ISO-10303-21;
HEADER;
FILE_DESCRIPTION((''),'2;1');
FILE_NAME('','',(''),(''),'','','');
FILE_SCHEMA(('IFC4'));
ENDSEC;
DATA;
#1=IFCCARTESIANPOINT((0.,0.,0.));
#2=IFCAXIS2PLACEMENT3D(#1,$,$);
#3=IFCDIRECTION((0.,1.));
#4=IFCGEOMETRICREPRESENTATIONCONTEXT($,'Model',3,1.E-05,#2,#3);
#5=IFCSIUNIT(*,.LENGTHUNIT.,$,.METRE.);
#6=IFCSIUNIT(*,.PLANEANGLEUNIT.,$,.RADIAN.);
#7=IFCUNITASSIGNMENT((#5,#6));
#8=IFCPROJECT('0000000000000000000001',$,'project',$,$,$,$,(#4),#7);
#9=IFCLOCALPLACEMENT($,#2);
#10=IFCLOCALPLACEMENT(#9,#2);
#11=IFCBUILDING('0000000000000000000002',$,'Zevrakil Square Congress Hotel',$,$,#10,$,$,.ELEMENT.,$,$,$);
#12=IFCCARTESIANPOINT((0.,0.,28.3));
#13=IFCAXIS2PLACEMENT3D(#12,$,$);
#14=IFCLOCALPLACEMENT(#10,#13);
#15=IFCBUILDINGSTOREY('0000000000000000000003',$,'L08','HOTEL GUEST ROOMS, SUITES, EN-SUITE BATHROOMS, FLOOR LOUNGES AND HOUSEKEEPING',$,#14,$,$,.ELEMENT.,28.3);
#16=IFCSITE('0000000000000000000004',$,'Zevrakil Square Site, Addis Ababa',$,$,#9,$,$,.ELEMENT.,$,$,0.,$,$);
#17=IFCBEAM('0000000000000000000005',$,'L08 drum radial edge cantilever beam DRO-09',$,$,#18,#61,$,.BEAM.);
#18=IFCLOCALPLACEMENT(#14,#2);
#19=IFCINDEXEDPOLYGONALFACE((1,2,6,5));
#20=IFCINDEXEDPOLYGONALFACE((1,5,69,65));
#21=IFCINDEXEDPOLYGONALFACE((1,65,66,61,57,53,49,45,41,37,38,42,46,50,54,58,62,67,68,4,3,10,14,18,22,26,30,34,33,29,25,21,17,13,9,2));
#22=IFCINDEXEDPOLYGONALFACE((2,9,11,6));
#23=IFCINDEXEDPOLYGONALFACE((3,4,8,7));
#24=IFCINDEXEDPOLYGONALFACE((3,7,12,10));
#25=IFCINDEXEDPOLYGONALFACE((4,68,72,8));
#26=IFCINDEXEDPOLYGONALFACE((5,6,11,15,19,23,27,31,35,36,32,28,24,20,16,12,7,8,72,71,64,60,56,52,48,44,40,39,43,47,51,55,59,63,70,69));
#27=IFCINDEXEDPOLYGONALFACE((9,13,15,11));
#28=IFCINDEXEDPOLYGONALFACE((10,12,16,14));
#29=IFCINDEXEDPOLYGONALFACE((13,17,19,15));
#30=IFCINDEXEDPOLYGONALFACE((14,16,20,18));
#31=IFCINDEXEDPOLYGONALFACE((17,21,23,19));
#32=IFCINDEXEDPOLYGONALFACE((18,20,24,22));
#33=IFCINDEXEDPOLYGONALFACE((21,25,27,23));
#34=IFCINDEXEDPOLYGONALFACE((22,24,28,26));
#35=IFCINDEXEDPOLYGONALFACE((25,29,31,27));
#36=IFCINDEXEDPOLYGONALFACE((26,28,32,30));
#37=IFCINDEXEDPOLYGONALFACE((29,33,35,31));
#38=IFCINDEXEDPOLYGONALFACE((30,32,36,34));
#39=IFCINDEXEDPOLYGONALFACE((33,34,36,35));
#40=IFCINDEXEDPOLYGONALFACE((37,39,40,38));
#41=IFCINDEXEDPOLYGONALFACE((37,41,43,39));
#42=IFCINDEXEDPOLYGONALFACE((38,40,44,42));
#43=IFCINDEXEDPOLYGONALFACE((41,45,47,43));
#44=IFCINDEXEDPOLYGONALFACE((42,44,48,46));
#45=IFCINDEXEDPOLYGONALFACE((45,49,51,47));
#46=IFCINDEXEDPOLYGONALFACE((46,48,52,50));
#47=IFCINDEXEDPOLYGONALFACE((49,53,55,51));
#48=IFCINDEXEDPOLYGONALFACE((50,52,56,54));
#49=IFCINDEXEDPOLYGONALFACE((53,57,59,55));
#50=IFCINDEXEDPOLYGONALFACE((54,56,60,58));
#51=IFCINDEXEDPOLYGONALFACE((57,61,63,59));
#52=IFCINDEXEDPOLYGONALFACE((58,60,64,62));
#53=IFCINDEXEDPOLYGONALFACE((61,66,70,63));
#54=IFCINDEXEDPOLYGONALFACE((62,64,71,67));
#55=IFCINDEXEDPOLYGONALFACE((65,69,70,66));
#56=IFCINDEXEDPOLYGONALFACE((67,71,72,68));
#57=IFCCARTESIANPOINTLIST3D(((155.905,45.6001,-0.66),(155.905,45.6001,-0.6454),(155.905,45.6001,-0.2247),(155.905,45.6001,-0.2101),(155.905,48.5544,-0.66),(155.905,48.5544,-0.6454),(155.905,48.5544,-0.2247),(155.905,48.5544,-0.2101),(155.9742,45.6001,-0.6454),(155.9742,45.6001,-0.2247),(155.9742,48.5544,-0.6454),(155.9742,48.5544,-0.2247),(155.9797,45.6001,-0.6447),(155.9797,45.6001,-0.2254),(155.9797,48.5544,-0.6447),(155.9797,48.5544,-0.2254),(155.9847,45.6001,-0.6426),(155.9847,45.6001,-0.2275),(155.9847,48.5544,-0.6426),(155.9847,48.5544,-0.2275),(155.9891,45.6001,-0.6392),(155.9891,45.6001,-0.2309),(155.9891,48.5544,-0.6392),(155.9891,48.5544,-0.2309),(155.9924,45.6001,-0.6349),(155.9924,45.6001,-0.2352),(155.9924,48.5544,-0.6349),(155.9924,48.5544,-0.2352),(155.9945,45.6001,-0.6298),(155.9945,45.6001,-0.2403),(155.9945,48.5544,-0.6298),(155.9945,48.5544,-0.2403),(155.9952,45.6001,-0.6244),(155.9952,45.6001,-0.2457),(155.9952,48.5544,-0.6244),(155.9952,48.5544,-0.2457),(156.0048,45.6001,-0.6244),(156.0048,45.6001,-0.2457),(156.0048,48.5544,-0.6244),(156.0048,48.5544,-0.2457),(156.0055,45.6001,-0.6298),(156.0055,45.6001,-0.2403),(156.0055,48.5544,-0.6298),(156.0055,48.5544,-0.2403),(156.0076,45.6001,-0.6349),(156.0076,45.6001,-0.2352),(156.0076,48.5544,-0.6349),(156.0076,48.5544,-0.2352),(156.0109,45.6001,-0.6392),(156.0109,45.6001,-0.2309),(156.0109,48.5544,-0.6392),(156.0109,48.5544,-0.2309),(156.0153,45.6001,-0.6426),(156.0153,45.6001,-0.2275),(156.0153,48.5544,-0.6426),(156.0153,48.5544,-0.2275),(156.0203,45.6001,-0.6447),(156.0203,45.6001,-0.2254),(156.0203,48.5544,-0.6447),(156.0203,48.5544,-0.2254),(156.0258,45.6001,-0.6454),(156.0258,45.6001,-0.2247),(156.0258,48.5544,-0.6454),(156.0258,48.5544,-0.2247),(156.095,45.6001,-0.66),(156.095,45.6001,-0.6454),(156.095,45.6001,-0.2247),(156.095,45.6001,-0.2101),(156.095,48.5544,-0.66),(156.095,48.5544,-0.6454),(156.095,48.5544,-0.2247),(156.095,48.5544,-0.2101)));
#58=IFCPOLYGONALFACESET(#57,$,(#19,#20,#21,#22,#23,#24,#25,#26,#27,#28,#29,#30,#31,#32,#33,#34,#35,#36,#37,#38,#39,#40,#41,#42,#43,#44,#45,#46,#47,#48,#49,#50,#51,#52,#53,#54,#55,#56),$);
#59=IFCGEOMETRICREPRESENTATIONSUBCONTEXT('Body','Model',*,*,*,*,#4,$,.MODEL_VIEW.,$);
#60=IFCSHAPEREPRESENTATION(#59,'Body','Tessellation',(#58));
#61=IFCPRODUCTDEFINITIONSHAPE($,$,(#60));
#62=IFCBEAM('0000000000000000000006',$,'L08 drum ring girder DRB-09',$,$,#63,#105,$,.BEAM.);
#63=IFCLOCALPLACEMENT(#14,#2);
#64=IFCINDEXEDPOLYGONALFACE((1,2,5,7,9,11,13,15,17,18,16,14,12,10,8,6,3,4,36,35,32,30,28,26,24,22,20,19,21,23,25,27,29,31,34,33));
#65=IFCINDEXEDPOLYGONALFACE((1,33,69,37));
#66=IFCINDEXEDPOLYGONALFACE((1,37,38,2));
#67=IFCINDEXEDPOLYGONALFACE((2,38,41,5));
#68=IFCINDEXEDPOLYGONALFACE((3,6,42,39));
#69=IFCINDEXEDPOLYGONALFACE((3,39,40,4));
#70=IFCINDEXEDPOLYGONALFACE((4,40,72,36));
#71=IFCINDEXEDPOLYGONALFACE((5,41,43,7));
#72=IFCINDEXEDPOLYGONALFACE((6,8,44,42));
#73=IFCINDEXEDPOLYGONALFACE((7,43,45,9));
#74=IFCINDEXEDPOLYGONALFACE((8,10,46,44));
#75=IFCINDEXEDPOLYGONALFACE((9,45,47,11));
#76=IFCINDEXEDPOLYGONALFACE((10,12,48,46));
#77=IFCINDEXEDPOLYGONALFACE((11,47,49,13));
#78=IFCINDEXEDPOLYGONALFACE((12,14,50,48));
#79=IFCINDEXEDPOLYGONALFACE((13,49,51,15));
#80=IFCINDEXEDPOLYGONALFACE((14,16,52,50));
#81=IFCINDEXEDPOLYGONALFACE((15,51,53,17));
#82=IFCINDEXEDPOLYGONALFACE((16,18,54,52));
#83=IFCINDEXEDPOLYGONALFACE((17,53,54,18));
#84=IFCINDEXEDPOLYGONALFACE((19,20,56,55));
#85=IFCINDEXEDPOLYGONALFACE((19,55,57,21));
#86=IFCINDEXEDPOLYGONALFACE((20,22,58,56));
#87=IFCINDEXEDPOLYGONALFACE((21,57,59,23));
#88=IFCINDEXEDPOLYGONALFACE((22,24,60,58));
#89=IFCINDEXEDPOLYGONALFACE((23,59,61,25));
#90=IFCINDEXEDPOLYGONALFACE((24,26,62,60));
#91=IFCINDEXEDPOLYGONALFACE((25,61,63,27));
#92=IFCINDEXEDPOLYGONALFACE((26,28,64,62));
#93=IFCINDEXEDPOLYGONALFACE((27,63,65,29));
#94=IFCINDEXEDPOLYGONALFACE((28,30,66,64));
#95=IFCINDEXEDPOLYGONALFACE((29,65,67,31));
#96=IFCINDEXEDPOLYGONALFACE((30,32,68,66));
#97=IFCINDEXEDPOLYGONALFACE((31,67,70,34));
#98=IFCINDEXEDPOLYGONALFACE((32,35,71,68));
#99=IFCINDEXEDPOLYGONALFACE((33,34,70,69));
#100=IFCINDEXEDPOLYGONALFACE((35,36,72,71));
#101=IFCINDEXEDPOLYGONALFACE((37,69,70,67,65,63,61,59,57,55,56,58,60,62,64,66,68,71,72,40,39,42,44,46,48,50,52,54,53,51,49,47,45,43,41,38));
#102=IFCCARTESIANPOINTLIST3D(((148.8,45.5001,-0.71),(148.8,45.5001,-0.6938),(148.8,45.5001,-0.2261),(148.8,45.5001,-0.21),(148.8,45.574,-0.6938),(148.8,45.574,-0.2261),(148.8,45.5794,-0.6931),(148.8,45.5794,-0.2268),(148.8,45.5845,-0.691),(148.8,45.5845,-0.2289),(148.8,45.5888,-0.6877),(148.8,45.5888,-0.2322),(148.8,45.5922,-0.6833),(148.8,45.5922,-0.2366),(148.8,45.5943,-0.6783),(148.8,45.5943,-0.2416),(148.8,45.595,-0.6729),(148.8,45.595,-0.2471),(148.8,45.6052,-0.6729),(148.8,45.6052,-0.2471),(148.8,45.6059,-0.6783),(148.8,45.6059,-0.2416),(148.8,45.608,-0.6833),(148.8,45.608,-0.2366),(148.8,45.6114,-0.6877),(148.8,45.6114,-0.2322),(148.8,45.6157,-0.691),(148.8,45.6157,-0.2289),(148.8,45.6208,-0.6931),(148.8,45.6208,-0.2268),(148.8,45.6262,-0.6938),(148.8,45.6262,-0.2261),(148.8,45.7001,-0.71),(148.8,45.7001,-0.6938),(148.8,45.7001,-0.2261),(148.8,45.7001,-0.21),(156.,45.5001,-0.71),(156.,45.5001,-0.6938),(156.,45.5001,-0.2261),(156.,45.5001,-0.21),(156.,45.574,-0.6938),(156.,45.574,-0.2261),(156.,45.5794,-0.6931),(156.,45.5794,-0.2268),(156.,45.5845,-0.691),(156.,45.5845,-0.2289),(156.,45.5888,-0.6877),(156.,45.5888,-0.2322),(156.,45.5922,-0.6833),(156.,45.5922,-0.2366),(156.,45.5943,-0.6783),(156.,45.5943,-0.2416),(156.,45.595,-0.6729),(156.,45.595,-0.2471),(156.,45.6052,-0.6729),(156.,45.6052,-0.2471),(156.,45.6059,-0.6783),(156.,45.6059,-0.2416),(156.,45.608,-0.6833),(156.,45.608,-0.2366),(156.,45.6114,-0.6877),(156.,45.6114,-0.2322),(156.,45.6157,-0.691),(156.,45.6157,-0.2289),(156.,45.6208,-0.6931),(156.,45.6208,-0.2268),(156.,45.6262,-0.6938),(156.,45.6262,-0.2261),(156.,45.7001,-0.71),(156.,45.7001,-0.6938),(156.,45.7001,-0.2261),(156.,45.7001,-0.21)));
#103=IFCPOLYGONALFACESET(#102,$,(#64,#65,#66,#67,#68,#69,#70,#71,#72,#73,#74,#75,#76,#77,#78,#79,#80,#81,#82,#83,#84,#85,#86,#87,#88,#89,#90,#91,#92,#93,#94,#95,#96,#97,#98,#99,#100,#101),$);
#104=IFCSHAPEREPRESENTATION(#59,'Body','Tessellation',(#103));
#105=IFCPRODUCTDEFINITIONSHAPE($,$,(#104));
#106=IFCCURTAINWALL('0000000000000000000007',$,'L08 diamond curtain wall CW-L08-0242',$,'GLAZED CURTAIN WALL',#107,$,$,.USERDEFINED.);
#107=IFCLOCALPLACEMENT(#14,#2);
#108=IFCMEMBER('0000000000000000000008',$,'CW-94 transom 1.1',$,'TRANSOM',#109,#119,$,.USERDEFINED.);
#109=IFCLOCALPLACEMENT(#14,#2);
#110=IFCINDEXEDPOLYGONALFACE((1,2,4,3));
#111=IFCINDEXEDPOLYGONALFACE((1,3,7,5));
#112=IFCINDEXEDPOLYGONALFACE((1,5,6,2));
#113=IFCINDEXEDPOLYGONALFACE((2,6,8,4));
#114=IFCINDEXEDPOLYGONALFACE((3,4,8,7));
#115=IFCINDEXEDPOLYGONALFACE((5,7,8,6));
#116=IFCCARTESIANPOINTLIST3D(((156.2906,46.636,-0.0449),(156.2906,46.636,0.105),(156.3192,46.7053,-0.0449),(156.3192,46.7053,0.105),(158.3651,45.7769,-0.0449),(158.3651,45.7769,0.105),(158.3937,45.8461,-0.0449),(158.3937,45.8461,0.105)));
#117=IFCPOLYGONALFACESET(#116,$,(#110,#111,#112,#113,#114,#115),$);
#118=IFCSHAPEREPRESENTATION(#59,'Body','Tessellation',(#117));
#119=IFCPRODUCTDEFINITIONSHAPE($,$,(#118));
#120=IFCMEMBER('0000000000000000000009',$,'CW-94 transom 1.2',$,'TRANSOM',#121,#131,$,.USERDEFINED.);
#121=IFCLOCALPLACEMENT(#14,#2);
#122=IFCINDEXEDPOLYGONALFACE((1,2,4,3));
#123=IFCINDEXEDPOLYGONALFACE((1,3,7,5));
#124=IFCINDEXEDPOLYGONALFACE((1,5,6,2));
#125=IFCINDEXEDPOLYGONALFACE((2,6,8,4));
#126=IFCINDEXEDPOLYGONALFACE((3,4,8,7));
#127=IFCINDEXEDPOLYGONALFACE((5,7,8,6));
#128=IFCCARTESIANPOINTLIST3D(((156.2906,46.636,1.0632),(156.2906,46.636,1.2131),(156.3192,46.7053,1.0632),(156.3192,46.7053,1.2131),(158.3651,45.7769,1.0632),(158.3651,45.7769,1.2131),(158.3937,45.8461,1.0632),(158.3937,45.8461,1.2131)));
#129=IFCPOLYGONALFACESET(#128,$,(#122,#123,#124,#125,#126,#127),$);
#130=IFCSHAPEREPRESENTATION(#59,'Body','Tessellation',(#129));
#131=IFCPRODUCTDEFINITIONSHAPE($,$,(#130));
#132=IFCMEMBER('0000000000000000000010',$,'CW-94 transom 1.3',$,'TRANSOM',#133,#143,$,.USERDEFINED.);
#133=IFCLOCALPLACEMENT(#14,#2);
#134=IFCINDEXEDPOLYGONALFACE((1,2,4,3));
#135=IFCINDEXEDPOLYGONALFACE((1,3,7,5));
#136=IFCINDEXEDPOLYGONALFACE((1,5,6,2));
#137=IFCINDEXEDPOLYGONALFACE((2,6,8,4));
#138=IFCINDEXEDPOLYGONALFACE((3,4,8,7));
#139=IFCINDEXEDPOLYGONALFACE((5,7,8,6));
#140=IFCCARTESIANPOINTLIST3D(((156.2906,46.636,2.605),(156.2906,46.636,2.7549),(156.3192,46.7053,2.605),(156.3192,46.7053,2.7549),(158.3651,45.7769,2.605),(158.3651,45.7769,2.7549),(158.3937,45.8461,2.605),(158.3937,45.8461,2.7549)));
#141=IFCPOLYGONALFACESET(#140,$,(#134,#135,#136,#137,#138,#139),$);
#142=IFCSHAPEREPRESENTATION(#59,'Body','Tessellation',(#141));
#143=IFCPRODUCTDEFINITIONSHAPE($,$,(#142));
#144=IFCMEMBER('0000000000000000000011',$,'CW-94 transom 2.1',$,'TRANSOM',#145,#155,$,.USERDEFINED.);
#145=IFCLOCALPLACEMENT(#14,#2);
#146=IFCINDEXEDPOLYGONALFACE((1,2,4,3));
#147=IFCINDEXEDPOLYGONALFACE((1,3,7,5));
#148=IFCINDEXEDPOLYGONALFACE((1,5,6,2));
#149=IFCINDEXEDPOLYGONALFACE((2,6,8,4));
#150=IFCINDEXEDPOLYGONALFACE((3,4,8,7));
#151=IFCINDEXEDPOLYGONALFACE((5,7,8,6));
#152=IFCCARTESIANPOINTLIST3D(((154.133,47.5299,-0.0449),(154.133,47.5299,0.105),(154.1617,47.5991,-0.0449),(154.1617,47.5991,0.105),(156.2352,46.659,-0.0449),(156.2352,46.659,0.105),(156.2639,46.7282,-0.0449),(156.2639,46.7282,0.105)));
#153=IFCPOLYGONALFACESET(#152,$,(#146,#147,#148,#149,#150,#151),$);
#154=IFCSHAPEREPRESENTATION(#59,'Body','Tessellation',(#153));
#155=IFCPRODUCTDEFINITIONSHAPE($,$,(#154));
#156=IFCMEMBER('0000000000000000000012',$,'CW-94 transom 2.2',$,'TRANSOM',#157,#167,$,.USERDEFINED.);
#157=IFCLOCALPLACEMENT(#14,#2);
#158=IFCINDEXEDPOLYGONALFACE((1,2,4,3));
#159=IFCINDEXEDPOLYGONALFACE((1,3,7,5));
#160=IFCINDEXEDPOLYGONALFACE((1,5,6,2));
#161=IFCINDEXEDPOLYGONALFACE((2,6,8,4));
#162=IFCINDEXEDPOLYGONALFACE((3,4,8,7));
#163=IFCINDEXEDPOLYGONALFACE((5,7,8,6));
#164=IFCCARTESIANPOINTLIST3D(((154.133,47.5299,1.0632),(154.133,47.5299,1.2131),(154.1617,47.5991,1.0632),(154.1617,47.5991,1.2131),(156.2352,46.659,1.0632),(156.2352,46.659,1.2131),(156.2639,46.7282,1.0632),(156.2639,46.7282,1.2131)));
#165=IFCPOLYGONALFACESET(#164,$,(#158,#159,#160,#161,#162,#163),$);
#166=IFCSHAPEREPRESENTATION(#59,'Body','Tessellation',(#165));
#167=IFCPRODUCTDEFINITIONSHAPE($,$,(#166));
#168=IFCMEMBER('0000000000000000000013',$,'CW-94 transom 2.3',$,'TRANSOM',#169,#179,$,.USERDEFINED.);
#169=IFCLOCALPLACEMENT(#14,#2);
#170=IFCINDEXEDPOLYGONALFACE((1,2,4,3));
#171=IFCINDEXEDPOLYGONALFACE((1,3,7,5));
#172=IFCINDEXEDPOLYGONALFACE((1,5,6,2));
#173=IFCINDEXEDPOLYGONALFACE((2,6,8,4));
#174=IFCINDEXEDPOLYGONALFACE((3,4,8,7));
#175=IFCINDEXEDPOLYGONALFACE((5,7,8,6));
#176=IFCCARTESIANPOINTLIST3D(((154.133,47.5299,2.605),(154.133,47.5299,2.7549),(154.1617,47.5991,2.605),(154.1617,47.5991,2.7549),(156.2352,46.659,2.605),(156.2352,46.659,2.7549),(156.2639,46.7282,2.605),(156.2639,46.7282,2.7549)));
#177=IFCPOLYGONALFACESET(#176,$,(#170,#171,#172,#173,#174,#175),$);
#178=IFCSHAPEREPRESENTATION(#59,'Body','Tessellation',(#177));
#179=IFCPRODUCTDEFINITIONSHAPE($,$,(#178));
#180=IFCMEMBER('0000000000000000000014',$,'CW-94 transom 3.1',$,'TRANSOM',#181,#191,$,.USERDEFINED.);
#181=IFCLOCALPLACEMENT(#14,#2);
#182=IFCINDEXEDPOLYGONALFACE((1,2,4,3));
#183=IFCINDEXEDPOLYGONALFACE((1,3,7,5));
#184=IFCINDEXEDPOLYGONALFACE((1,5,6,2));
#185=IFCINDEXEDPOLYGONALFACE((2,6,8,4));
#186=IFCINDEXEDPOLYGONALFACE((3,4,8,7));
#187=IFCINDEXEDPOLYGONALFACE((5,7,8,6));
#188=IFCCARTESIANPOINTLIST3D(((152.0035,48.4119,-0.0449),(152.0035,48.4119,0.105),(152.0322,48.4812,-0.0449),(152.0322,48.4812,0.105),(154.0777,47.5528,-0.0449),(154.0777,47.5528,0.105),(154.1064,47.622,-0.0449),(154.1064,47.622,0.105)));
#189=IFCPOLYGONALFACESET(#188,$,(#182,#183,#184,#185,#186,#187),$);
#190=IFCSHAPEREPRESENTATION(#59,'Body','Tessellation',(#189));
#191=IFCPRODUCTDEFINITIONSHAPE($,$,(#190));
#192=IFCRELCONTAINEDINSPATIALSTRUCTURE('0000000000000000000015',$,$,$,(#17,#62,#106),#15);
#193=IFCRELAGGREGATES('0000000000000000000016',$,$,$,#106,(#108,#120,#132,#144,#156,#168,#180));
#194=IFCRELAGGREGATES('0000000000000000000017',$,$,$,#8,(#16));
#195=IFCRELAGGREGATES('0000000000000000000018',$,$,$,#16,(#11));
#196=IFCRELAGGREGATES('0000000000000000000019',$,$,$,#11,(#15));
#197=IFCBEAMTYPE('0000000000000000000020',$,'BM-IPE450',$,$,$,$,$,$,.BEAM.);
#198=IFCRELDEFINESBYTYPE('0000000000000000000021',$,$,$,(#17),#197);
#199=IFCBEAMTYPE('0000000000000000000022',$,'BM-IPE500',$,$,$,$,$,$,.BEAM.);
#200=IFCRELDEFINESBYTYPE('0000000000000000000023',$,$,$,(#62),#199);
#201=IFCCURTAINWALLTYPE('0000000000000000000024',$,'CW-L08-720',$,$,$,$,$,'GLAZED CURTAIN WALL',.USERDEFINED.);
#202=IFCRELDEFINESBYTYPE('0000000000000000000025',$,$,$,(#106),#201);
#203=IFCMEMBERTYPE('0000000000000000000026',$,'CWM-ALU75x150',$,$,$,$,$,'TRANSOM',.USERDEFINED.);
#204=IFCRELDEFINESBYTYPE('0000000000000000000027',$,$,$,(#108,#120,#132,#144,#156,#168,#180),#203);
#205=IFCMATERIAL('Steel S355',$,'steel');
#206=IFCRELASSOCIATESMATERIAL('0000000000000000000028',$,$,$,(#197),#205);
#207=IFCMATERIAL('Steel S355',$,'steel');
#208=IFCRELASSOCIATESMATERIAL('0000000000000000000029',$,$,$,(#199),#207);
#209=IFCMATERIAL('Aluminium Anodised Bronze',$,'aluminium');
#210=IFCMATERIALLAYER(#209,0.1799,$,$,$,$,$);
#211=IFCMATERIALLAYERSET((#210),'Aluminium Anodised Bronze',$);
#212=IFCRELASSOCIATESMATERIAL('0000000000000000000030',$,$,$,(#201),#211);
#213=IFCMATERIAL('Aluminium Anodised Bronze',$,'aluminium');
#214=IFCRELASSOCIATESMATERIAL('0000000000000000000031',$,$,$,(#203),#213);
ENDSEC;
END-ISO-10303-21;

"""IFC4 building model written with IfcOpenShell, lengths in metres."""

from ifc_helpers import new_model, si_unit, direction, frame, origin, origin_2d, place, context, subcontext, project, spatial, rectangle, i_section, extrude, material, layer, layer_set, material_profile, profile_set, type_object, element, aggregate, save


model = new_model("IFC4")

# Units and contexts
model_context = context("Model", 3, precision=1e-05, world=origin(), true_north=direction((0.0, 1.0)))
body_context = subcontext(model_context, "Body", "Model", "MODEL_VIEW")
ifc_project = project(units=[si_unit("LENGTHUNIT", "METRE"), si_unit("PLANEANGLEUNIT", "RADIAN")], contexts=[model_context])

# Site, building, storey
site_placement = place(None, origin())
site = spatial("IfcSite", under=ifc_project, at=site_placement, Name="Zevrakil Square Site, Addis Ababa", CompositionType="ELEMENT", RefElevation=0.0)
building_placement = place(site_placement, origin())
building = spatial("IfcBuilding", under=site, at=building_placement, Name="Zevrakil Square Congress Hotel", CompositionType="ELEMENT")
storey_placement = place(building_placement, frame((0.0, 0.0, 28.3)))
storey = spatial("IfcBuildingStorey", under=building, at=storey_placement, Name="L08", Description="HOTEL GUEST ROOMS, SUITES, EN-SUITE BATHROOMS, FLOOR LOUNGES AND HOUSEKEEPING", CompositionType="ELEMENT", Elevation=28.3)

# Beams
ifc_material_1 = material(Name="Steel S355", Category="steel")
ifc_material_profile_1 = material_profile(ifc_material_1, i_section(OverallWidth=0.1899, OverallDepth=0.45, WebThickness=0.0095, FlangeThickness=0.0146, FilletRadius=0.021, at=origin_2d()), Name="IPE 450")
ifc_profile_set_1 = profile_set([ifc_material_profile_1], Name="Steel S355")
beam_type_1 = type_object("IfcBeamType", Name="BM-IPE450", PredefinedType="BEAM", material=ifc_profile_set_1)
beam_1_placement = place(storey_placement, frame((156.0, 45.6001, -0.4351), z_axis=(0.0, 1.0, 0.0), x_axis=(-1.0, 0.0, 0.0)))
element("IfcBeam", 1, at=beam_1_placement, inside=storey, type_object=beam_type_1, Name="L08 drum radial edge cantilever beam DRO-09", PredefinedType="BEAM", context=body_context, shape_type="SweptSolid", body=[
    extrude(i_section(OverallWidth=0.1899, OverallDepth=0.45, WebThickness=0.0095, FlangeThickness=0.0146, FilletRadius=0.021, at=origin_2d()), origin(), (0.0, 0.0, 1.0), 2.9543),
])
ifc_material_2 = material(Name="Steel S355", Category="steel")
ifc_material_profile_2 = material_profile(ifc_material_2, i_section(OverallWidth=0.2, OverallDepth=0.5, WebThickness=0.0103, FlangeThickness=0.0161, FilletRadius=0.021, at=origin_2d()), Name="IPE 500")
ifc_profile_set_2 = profile_set([ifc_material_profile_2], Name="Steel S355")
beam_type_2 = type_object("IfcBeamType", Name="BM-IPE500", PredefinedType="BEAM", material=ifc_profile_set_2)
beam_2_placement = place(storey_placement, frame((156.0, 45.6001, -0.46), z_axis=(-1.0, 0.0, 0.0), x_axis=(0.0, -1.0, 0.0)))
element("IfcBeam", 2, at=beam_2_placement, inside=storey, type_object=beam_type_2, Name="L08 drum ring girder DRB-09", PredefinedType="BEAM", context=body_context, shape_type="SweptSolid", body=[
    extrude(i_section(OverallWidth=0.2, OverallDepth=0.5, WebThickness=0.0103, FlangeThickness=0.0161, FilletRadius=0.021, at=origin_2d()), origin(), (0.0, 0.0, 1.0), 7.2),
])

# Curtain wall, members
ifc_material_3 = material(Name="Aluminium Anodised Bronze", Category="aluminium")
ifc_layer_1 = layer(ifc_material_3, 0.1799)
ifc_layer_set_1 = layer_set([ifc_layer_1], Name="Aluminium Anodised Bronze")
curtain_wall_type = type_object("IfcCurtainWallType", Name="CW-L08-720", ElementType="GLAZED CURTAIN WALL", PredefinedType="USERDEFINED", material=ifc_layer_set_1)
curtain_wall_1_placement = place(storey_placement, origin())
curtain_wall_1 = element("IfcCurtainWall", 3, at=curtain_wall_1_placement, inside=storey, type_object=curtain_wall_type, Name="L08 diamond curtain wall CW-L08-0242", ObjectType="GLAZED CURTAIN WALL", PredefinedType="USERDEFINED")
ifc_material_4 = material(Name="Aluminium Anodised Bronze", Category="aluminium")
ifc_material_profile_3 = material_profile(ifc_material_4, rectangle(XDim=0.075, YDim=0.1499, at=origin_2d()), Name="ALU 75x150")
ifc_profile_set_3 = profile_set([ifc_material_profile_3], Name="Aluminium Anodised Bronze")
member_type_1 = type_object("IfcMemberType", Name="CWM-ALU75x150", ElementType="TRANSOM", PredefinedType="USERDEFINED", material=ifc_profile_set_3)
member_1_placement = place(storey_placement, frame((158.3794, 45.8115, 0.03), z_axis=(-0.923902, 0.38263, 0.0), x_axis=(-0.38263, -0.923902, 0.0)))
member_1 = element("IfcMember", 4, at=member_1_placement, type_object=member_type_1, Name="CW-94 transom 1.1", ObjectType="TRANSOM", PredefinedType="USERDEFINED", context=body_context, shape_type="SweptSolid", body=[
    extrude(rectangle(XDim=0.075, YDim=0.1499, at=origin_2d()), origin(), (0.0, 0.0, 1.0), 2.2454),
])
member_2_placement = place(storey_placement, frame((158.3794, 45.8115, 1.1382), z_axis=(-0.923902, 0.38263, 0.0), x_axis=(-0.38263, -0.923902, 0.0)))
member_2 = element("IfcMember", 5, at=member_2_placement, type_object=member_type_1, Name="CW-94 transom 1.2", ObjectType="TRANSOM", PredefinedType="USERDEFINED", context=body_context, shape_type="SweptSolid", body=[
    extrude(rectangle(XDim=0.075, YDim=0.1499, at=origin_2d()), origin(), (0.0, 0.0, 1.0), 2.2454),
])
member_3_placement = place(storey_placement, frame((158.3794, 45.8115, 2.6799), z_axis=(-0.923902, 0.38263, 0.0), x_axis=(-0.38263, -0.923902, 0.0)))
member_3 = element("IfcMember", 6, at=member_3_placement, type_object=member_type_1, Name="CW-94 transom 1.3", ObjectType="TRANSOM", PredefinedType="USERDEFINED", context=body_context, shape_type="SweptSolid", body=[
    extrude(rectangle(XDim=0.075, YDim=0.1499, at=origin_2d()), origin(), (0.0, 0.0, 1.0), 2.2454),
])
member_4_placement = place(storey_placement, frame((156.2495, 46.6936, 0.03), z_axis=(-0.923856, 0.38274, 0.0), x_axis=(-0.38274, -0.923856, 0.0)))
member_4 = element("IfcMember", 7, at=member_4_placement, type_object=member_type_1, Name="CW-94 transom 2.1", ObjectType="TRANSOM", PredefinedType="USERDEFINED", context=body_context, shape_type="SweptSolid", body=[
    extrude(rectangle(XDim=0.075, YDim=0.1499, at=origin_2d()), origin(), (0.0, 0.0, 1.0), 2.2754),
])
member_5_placement = place(storey_placement, frame((156.2495, 46.6936, 1.1382), z_axis=(-0.923856, 0.38274, 0.0), x_axis=(-0.38274, -0.923856, 0.0)))
member_5 = element("IfcMember", 8, at=member_5_placement, type_object=member_type_1, Name="CW-94 transom 2.2", ObjectType="TRANSOM", PredefinedType="USERDEFINED", context=body_context, shape_type="SweptSolid", body=[
    extrude(rectangle(XDim=0.075, YDim=0.1499, at=origin_2d()), origin(), (0.0, 0.0, 1.0), 2.2754),
])
member_6_placement = place(storey_placement, frame((156.2495, 46.6936, 2.6799), z_axis=(-0.923856, 0.38274, 0.0), x_axis=(-0.38274, -0.923856, 0.0)))
member_6 = element("IfcMember", 9, at=member_6_placement, type_object=member_type_1, Name="CW-94 transom 2.3", ObjectType="TRANSOM", PredefinedType="USERDEFINED", context=body_context, shape_type="SweptSolid", body=[
    extrude(rectangle(XDim=0.075, YDim=0.1499, at=origin_2d()), origin(), (0.0, 0.0, 1.0), 2.2754),
])
member_7_placement = place(storey_placement, frame((154.092, 47.5874, 0.03), z_axis=(-0.923886, 0.382669, 0.0), x_axis=(-0.382669, -0.923886, 0.0)))
member_7 = element("IfcMember", 10, at=member_7_placement, type_object=member_type_1, Name="CW-94 transom 3.1", ObjectType="TRANSOM", PredefinedType="USERDEFINED", context=body_context, shape_type="SweptSolid", body=[
    extrude(rectangle(XDim=0.075, YDim=0.1499, at=origin_2d()), origin(), (0.0, 0.0, 1.0), 2.2451),
])

aggregate(curtain_wall_1, [member_1, member_2, member_3, member_4, member_5, member_6, member_7])

save(model, "model.ifc")
